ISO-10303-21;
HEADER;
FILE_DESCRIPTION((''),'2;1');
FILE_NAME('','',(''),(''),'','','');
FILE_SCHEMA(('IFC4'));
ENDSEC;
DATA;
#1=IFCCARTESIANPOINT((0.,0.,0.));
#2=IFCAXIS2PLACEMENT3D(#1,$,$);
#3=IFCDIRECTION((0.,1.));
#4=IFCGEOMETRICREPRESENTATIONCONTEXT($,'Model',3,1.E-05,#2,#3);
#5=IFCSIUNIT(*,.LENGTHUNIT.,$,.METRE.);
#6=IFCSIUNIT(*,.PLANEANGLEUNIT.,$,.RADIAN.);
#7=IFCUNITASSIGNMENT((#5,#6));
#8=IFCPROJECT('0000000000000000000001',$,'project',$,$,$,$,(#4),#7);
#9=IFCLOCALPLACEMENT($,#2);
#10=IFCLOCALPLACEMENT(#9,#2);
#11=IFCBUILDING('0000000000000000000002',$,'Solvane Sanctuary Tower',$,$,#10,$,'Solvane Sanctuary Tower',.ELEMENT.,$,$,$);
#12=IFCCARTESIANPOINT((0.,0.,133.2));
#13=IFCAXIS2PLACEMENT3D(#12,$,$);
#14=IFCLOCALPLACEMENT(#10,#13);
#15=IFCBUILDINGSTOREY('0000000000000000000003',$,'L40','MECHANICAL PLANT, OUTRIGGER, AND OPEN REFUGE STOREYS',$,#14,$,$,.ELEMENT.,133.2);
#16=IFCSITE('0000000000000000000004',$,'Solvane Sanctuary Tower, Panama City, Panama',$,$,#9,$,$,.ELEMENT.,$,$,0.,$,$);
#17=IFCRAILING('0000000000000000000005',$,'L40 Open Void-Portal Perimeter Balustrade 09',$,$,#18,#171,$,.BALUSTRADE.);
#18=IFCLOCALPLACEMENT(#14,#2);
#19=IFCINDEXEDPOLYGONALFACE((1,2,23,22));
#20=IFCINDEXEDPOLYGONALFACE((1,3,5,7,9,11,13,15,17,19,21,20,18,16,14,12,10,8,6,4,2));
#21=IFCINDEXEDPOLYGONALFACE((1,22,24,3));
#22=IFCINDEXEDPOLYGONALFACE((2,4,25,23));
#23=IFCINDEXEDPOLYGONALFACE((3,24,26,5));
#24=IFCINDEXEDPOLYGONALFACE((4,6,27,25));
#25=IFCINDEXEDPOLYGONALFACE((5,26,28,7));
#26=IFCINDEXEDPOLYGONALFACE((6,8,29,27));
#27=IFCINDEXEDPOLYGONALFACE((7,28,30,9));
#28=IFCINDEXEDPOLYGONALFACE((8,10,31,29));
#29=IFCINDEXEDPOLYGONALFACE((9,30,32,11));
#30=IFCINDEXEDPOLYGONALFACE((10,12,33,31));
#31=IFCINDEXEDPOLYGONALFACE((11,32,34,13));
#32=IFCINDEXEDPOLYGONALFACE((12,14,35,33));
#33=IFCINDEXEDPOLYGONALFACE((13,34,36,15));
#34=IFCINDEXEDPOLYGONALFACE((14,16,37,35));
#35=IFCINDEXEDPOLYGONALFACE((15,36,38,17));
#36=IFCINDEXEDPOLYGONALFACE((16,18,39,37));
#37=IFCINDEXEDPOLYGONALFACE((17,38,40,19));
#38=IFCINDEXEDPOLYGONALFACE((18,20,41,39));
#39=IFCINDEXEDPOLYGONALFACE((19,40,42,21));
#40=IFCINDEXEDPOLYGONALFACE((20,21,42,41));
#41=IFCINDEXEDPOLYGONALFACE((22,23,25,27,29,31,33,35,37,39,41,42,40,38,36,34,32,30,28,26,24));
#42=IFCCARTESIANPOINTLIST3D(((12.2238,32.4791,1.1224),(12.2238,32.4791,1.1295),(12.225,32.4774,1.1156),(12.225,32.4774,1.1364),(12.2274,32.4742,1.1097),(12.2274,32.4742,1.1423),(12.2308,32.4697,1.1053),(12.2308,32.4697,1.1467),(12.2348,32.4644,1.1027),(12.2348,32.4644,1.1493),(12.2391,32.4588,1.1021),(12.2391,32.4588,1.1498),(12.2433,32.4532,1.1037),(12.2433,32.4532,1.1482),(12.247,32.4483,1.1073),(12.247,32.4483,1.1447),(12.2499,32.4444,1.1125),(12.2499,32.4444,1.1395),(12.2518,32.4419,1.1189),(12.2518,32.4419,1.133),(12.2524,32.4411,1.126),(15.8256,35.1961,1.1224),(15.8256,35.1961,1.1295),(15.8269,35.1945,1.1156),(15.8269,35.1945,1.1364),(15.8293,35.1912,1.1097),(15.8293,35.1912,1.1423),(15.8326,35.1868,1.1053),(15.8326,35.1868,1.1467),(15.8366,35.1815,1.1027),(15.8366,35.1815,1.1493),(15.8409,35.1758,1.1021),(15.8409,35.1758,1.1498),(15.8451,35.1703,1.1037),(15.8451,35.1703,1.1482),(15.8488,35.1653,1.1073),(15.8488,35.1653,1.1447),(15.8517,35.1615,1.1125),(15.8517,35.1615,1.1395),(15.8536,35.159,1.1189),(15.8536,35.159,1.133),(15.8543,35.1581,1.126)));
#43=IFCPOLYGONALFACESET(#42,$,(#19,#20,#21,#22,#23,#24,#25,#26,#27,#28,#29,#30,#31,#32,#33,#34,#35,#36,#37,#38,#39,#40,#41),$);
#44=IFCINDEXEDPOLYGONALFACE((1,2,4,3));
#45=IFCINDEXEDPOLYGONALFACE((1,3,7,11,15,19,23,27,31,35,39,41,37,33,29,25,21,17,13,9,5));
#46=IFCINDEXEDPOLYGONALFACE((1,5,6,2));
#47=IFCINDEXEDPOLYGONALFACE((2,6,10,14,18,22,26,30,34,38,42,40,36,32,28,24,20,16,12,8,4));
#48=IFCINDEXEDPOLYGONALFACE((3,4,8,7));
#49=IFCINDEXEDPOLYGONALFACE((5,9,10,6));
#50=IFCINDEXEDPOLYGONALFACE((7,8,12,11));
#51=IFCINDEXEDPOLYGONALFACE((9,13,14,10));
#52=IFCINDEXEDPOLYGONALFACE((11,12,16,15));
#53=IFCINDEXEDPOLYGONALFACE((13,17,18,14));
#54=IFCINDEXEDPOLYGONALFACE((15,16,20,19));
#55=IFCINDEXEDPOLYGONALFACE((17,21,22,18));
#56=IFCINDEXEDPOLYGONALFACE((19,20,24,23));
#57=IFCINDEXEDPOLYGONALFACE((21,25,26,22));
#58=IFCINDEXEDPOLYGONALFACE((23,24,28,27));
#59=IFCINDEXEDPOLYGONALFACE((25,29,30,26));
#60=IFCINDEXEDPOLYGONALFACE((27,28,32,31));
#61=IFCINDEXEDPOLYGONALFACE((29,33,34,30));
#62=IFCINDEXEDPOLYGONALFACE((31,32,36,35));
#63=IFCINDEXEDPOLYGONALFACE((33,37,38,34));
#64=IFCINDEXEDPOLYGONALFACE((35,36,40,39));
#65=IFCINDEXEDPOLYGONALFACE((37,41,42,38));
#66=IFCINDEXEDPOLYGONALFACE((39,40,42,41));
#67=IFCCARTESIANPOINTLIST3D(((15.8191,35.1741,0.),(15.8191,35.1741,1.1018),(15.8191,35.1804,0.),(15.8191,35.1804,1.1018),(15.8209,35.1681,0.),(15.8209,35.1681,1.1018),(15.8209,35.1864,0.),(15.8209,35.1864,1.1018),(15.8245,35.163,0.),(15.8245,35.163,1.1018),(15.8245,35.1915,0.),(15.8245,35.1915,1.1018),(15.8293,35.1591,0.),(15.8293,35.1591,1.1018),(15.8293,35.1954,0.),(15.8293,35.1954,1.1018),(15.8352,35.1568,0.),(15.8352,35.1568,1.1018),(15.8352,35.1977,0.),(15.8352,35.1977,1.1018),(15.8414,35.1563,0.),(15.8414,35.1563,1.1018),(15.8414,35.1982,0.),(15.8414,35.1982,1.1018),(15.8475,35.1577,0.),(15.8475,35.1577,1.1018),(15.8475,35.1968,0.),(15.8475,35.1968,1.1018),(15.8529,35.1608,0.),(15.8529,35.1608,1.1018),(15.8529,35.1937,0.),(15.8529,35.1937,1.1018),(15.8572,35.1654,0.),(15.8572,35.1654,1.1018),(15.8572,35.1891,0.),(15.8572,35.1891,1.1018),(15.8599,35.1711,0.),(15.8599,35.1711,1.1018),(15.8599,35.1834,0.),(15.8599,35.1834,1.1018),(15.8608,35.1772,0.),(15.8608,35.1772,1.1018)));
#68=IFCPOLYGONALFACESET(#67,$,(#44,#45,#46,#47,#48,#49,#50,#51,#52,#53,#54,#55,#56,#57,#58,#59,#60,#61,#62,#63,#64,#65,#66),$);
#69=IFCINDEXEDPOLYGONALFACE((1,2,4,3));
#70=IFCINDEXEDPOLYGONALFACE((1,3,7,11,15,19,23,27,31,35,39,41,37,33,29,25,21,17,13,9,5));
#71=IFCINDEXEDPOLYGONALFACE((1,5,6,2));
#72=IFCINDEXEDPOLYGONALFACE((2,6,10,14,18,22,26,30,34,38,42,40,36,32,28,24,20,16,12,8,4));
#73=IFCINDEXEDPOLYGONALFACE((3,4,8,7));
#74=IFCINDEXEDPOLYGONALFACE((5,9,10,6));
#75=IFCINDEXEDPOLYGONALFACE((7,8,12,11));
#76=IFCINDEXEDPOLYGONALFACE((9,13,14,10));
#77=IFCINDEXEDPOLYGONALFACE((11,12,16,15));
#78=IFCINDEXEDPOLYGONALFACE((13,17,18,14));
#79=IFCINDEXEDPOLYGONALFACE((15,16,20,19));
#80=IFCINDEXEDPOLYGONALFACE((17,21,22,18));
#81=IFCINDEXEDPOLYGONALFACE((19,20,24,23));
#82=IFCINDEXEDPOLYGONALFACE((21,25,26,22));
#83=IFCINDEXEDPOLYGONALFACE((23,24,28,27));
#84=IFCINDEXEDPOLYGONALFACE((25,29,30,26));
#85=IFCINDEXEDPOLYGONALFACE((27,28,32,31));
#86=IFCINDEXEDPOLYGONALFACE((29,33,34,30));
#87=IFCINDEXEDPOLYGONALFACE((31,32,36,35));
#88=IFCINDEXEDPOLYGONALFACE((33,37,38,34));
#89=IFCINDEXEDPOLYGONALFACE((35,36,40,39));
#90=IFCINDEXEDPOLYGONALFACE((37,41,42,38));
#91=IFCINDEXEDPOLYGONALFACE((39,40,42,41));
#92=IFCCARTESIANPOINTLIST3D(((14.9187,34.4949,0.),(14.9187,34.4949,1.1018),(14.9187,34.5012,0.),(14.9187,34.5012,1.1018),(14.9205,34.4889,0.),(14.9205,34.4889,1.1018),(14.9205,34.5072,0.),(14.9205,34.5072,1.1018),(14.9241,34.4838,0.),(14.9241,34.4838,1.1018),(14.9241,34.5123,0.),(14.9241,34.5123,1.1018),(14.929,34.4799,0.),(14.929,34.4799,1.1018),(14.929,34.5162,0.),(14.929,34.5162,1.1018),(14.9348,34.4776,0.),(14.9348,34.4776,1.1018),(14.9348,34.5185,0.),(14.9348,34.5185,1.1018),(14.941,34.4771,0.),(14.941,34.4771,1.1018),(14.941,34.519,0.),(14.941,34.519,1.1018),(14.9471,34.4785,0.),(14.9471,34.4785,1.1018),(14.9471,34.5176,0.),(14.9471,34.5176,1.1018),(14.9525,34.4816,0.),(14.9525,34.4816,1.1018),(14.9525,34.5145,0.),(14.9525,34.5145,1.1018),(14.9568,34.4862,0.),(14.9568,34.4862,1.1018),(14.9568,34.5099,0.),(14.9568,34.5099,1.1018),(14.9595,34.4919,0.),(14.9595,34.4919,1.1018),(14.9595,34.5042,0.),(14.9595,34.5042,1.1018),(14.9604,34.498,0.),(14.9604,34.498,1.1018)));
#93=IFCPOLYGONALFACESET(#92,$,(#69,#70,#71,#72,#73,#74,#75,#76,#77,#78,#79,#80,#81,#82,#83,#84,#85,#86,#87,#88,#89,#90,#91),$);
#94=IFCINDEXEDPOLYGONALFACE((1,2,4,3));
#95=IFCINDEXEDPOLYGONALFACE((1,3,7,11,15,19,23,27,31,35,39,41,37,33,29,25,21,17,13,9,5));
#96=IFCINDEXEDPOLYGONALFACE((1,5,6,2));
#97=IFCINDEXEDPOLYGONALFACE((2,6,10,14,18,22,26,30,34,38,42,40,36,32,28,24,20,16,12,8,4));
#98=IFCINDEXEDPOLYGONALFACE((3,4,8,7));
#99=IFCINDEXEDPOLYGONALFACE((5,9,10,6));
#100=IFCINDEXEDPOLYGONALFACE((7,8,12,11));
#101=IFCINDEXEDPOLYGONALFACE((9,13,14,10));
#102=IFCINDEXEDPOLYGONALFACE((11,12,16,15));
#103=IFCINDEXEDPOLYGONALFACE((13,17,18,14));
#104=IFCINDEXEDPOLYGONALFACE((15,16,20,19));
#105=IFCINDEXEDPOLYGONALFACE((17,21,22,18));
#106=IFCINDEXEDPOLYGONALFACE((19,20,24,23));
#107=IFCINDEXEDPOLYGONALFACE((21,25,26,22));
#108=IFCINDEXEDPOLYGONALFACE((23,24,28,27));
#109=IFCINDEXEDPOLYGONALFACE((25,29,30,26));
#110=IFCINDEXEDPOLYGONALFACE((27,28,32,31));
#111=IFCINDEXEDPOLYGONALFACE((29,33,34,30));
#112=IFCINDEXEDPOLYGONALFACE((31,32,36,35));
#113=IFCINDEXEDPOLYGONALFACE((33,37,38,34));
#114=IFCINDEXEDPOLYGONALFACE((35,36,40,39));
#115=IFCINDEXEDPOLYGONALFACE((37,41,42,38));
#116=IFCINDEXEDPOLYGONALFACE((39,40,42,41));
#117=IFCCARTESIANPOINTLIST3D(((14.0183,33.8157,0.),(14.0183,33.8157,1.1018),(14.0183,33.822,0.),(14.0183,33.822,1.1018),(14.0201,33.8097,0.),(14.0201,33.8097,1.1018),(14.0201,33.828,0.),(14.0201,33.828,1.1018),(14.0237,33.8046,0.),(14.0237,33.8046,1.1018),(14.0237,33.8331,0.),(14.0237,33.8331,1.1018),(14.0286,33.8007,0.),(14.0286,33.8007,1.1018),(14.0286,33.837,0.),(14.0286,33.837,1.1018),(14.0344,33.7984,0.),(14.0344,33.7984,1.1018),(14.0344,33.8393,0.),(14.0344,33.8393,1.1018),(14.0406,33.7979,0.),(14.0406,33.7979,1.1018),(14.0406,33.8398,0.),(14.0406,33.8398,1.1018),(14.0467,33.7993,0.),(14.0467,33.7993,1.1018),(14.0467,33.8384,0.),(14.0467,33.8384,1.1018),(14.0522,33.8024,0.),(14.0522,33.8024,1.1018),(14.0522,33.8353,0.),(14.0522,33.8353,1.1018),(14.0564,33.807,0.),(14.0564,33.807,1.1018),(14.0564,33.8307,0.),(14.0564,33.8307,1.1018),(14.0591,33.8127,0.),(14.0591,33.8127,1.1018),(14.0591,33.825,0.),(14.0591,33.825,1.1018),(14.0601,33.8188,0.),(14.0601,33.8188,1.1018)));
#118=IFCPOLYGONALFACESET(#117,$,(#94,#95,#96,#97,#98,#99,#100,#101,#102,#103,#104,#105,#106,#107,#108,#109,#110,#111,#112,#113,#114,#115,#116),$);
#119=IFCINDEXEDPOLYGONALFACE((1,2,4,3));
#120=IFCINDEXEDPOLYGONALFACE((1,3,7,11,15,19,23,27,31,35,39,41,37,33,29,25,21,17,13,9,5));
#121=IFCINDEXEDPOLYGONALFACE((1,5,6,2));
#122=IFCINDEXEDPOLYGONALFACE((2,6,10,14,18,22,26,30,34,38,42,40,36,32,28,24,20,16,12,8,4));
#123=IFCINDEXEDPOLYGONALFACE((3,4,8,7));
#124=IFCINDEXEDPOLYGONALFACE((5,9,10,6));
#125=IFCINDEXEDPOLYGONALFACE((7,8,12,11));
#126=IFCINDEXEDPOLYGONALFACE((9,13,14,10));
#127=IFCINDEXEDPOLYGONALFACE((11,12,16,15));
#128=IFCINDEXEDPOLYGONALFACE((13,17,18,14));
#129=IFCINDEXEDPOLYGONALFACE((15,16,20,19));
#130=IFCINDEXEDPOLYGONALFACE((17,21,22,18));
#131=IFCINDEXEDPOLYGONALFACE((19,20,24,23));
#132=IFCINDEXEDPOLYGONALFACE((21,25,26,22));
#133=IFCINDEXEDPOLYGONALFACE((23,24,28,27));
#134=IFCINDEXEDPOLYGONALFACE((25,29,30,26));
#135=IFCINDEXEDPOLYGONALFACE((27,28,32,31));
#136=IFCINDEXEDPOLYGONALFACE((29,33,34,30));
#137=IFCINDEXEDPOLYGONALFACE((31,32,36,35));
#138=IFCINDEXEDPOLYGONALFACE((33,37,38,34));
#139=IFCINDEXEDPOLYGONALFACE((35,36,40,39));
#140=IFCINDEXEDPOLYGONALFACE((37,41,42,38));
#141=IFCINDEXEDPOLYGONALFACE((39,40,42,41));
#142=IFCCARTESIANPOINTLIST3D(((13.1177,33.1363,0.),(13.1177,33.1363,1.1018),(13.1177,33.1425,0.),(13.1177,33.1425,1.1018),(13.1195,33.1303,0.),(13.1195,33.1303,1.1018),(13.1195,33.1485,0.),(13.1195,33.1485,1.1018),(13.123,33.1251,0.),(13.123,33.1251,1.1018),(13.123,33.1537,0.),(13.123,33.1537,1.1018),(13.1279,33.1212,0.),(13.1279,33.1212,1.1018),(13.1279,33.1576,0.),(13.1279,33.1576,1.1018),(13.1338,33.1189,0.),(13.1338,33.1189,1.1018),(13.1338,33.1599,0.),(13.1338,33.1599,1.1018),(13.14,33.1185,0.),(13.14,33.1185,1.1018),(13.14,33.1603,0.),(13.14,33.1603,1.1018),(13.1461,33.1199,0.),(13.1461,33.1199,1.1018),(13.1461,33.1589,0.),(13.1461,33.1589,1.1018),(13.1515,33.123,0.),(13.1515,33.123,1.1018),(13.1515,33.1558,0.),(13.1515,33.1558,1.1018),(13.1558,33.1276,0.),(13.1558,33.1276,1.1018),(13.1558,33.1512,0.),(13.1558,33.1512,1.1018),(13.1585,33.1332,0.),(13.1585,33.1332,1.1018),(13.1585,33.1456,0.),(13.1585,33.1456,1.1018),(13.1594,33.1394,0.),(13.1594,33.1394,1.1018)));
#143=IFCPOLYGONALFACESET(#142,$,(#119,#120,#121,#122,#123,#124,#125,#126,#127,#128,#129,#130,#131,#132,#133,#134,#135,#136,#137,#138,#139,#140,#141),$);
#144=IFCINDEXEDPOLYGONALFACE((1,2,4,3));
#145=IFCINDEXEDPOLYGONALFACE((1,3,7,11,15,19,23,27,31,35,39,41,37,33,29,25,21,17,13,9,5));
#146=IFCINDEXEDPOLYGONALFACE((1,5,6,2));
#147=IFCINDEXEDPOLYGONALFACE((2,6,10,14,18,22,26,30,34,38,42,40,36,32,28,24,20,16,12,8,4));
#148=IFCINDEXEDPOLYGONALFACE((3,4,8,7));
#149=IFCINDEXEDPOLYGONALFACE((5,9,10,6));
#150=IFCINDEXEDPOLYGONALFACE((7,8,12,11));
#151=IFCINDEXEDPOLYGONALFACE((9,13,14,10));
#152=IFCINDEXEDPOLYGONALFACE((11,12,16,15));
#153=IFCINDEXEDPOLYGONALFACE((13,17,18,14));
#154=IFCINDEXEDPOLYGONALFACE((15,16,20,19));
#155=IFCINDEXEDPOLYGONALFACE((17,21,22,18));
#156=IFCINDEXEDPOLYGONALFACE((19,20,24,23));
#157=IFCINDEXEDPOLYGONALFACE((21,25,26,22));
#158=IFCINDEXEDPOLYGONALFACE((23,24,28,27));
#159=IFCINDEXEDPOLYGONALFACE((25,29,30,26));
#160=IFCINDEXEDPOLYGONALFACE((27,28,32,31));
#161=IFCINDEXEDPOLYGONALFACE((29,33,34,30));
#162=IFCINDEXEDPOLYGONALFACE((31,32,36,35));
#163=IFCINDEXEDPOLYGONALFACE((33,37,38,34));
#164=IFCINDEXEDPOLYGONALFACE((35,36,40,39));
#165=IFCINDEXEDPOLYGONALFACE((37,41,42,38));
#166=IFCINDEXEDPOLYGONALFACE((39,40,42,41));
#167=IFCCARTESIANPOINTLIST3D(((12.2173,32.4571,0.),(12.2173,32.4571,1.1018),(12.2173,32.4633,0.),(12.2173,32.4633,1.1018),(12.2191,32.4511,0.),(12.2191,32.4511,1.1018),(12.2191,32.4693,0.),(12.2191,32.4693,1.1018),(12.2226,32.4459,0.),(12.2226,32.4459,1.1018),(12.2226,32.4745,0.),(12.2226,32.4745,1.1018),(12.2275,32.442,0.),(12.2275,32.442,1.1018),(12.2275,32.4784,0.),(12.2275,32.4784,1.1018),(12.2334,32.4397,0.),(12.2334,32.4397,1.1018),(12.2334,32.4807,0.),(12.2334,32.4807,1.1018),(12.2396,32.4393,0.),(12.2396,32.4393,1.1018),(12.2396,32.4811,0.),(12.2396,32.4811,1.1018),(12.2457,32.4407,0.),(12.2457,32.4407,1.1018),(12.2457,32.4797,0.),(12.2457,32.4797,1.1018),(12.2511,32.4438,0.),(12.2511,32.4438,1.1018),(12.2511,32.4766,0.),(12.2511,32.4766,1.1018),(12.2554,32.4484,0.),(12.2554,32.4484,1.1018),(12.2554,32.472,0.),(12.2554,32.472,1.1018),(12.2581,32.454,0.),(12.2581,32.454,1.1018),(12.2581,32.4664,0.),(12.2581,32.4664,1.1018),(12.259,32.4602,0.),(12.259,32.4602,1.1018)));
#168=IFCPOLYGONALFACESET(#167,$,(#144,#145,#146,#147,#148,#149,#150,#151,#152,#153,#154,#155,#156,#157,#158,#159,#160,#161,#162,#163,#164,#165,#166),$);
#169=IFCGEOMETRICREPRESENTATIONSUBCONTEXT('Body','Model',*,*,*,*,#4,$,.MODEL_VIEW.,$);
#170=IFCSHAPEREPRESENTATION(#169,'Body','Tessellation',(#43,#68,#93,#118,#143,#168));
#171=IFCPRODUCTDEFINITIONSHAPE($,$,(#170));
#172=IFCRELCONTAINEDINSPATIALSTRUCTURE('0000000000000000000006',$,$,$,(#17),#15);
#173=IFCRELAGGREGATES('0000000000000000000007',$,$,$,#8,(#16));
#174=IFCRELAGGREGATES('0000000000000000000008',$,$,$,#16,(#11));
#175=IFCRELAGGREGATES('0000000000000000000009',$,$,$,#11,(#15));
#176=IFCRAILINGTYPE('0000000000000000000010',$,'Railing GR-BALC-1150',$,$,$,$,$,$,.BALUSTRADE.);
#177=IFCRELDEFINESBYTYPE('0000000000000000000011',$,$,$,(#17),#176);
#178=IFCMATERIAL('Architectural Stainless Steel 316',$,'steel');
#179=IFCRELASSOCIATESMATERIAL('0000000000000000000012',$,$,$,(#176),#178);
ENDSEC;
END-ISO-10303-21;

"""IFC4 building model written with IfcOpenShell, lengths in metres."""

from ifc_helpers import new_model, si_unit, direction, frame, origin, origin_2d, place, context, subcontext, project, spatial, circle, extrude, material, type_object, element, save


model = new_model("IFC4")

# Units and contexts
model_context = context("Model", 3, precision=1e-05, world=origin(), true_north=direction((0.0, 1.0)))
body_context = subcontext(model_context, "Body", "Model", "MODEL_VIEW")
ifc_project = project(units=[si_unit("LENGTHUNIT", "METRE"), si_unit("PLANEANGLEUNIT", "RADIAN")], contexts=[model_context])

# Site, building, storey
site_placement = place(None, origin())
site = spatial("IfcSite", under=ifc_project, at=site_placement, Name="Solvane Sanctuary Tower, Panama City, Panama", CompositionType="ELEMENT", RefElevation=0.0)
building_placement = place(site_placement, origin())
building = spatial("IfcBuilding", under=site, at=building_placement, Name="Solvane Sanctuary Tower", LongName="Solvane Sanctuary Tower", CompositionType="ELEMENT")
storey_placement = place(building_placement, frame((0.0, 0.0, 133.2)))
storey = spatial("IfcBuildingStorey", under=building, at=storey_placement, Name="L40", Description="MECHANICAL PLANT, OUTRIGGER, AND OPEN REFUGE STOREYS", CompositionType="ELEMENT", Elevation=133.2)

# Shared definitions
ifc_material_1 = material(Name="Architectural Stainless Steel 316", Category="steel")

# Railing
railing_type_1 = type_object("IfcRailingType", Name="Railing GR-BALC-1150", PredefinedType="BALUSTRADE", material=ifc_material_1)
railing_1_placement = place(storey_placement, frame((15.8398, 35.1772, 0.0)))
element("IfcRailing", 1, at=railing_1_placement, inside=storey, type_object=railing_type_1, Name="L40 Open Void-Portal Perimeter Balustrade 09", PredefinedType="BALUSTRADE", context=body_context, shape_type="SweptSolid", body=[
    extrude(circle(Radius=0.0239, at=origin_2d()), frame((0.0, 0.0, 1.126), z_axis=(-0.798328, -0.602223, 0.0), x_axis=(0.602223, -0.798328, 0.0)), (0.0, 0.0, 1.0), 4.5117),
    extrude(circle(Radius=0.021, at=origin_2d()), origin(), (0.0, 0.0, 1.0), 1.1018),
    extrude(circle(Radius=0.021, at=origin_2d()), frame((-0.9004, -0.6792, 0.0)), (0.0, 0.0, 1.0), 1.1018),
    extrude(circle(Radius=0.021, at=origin_2d()), frame((-1.8008, -1.3584, 0.0)), (0.0, 0.0, 1.0), 1.1018),
    extrude(circle(Radius=0.021, at=origin_2d()), frame((-2.7014, -2.0378, 0.0)), (0.0, 0.0, 1.0), 1.1018),
    extrude(circle(Radius=0.021, at=origin_2d()), frame((-3.6018, -2.717, 0.0)), (0.0, 0.0, 1.0), 1.1018),
])

save(model, "model.ifc")
